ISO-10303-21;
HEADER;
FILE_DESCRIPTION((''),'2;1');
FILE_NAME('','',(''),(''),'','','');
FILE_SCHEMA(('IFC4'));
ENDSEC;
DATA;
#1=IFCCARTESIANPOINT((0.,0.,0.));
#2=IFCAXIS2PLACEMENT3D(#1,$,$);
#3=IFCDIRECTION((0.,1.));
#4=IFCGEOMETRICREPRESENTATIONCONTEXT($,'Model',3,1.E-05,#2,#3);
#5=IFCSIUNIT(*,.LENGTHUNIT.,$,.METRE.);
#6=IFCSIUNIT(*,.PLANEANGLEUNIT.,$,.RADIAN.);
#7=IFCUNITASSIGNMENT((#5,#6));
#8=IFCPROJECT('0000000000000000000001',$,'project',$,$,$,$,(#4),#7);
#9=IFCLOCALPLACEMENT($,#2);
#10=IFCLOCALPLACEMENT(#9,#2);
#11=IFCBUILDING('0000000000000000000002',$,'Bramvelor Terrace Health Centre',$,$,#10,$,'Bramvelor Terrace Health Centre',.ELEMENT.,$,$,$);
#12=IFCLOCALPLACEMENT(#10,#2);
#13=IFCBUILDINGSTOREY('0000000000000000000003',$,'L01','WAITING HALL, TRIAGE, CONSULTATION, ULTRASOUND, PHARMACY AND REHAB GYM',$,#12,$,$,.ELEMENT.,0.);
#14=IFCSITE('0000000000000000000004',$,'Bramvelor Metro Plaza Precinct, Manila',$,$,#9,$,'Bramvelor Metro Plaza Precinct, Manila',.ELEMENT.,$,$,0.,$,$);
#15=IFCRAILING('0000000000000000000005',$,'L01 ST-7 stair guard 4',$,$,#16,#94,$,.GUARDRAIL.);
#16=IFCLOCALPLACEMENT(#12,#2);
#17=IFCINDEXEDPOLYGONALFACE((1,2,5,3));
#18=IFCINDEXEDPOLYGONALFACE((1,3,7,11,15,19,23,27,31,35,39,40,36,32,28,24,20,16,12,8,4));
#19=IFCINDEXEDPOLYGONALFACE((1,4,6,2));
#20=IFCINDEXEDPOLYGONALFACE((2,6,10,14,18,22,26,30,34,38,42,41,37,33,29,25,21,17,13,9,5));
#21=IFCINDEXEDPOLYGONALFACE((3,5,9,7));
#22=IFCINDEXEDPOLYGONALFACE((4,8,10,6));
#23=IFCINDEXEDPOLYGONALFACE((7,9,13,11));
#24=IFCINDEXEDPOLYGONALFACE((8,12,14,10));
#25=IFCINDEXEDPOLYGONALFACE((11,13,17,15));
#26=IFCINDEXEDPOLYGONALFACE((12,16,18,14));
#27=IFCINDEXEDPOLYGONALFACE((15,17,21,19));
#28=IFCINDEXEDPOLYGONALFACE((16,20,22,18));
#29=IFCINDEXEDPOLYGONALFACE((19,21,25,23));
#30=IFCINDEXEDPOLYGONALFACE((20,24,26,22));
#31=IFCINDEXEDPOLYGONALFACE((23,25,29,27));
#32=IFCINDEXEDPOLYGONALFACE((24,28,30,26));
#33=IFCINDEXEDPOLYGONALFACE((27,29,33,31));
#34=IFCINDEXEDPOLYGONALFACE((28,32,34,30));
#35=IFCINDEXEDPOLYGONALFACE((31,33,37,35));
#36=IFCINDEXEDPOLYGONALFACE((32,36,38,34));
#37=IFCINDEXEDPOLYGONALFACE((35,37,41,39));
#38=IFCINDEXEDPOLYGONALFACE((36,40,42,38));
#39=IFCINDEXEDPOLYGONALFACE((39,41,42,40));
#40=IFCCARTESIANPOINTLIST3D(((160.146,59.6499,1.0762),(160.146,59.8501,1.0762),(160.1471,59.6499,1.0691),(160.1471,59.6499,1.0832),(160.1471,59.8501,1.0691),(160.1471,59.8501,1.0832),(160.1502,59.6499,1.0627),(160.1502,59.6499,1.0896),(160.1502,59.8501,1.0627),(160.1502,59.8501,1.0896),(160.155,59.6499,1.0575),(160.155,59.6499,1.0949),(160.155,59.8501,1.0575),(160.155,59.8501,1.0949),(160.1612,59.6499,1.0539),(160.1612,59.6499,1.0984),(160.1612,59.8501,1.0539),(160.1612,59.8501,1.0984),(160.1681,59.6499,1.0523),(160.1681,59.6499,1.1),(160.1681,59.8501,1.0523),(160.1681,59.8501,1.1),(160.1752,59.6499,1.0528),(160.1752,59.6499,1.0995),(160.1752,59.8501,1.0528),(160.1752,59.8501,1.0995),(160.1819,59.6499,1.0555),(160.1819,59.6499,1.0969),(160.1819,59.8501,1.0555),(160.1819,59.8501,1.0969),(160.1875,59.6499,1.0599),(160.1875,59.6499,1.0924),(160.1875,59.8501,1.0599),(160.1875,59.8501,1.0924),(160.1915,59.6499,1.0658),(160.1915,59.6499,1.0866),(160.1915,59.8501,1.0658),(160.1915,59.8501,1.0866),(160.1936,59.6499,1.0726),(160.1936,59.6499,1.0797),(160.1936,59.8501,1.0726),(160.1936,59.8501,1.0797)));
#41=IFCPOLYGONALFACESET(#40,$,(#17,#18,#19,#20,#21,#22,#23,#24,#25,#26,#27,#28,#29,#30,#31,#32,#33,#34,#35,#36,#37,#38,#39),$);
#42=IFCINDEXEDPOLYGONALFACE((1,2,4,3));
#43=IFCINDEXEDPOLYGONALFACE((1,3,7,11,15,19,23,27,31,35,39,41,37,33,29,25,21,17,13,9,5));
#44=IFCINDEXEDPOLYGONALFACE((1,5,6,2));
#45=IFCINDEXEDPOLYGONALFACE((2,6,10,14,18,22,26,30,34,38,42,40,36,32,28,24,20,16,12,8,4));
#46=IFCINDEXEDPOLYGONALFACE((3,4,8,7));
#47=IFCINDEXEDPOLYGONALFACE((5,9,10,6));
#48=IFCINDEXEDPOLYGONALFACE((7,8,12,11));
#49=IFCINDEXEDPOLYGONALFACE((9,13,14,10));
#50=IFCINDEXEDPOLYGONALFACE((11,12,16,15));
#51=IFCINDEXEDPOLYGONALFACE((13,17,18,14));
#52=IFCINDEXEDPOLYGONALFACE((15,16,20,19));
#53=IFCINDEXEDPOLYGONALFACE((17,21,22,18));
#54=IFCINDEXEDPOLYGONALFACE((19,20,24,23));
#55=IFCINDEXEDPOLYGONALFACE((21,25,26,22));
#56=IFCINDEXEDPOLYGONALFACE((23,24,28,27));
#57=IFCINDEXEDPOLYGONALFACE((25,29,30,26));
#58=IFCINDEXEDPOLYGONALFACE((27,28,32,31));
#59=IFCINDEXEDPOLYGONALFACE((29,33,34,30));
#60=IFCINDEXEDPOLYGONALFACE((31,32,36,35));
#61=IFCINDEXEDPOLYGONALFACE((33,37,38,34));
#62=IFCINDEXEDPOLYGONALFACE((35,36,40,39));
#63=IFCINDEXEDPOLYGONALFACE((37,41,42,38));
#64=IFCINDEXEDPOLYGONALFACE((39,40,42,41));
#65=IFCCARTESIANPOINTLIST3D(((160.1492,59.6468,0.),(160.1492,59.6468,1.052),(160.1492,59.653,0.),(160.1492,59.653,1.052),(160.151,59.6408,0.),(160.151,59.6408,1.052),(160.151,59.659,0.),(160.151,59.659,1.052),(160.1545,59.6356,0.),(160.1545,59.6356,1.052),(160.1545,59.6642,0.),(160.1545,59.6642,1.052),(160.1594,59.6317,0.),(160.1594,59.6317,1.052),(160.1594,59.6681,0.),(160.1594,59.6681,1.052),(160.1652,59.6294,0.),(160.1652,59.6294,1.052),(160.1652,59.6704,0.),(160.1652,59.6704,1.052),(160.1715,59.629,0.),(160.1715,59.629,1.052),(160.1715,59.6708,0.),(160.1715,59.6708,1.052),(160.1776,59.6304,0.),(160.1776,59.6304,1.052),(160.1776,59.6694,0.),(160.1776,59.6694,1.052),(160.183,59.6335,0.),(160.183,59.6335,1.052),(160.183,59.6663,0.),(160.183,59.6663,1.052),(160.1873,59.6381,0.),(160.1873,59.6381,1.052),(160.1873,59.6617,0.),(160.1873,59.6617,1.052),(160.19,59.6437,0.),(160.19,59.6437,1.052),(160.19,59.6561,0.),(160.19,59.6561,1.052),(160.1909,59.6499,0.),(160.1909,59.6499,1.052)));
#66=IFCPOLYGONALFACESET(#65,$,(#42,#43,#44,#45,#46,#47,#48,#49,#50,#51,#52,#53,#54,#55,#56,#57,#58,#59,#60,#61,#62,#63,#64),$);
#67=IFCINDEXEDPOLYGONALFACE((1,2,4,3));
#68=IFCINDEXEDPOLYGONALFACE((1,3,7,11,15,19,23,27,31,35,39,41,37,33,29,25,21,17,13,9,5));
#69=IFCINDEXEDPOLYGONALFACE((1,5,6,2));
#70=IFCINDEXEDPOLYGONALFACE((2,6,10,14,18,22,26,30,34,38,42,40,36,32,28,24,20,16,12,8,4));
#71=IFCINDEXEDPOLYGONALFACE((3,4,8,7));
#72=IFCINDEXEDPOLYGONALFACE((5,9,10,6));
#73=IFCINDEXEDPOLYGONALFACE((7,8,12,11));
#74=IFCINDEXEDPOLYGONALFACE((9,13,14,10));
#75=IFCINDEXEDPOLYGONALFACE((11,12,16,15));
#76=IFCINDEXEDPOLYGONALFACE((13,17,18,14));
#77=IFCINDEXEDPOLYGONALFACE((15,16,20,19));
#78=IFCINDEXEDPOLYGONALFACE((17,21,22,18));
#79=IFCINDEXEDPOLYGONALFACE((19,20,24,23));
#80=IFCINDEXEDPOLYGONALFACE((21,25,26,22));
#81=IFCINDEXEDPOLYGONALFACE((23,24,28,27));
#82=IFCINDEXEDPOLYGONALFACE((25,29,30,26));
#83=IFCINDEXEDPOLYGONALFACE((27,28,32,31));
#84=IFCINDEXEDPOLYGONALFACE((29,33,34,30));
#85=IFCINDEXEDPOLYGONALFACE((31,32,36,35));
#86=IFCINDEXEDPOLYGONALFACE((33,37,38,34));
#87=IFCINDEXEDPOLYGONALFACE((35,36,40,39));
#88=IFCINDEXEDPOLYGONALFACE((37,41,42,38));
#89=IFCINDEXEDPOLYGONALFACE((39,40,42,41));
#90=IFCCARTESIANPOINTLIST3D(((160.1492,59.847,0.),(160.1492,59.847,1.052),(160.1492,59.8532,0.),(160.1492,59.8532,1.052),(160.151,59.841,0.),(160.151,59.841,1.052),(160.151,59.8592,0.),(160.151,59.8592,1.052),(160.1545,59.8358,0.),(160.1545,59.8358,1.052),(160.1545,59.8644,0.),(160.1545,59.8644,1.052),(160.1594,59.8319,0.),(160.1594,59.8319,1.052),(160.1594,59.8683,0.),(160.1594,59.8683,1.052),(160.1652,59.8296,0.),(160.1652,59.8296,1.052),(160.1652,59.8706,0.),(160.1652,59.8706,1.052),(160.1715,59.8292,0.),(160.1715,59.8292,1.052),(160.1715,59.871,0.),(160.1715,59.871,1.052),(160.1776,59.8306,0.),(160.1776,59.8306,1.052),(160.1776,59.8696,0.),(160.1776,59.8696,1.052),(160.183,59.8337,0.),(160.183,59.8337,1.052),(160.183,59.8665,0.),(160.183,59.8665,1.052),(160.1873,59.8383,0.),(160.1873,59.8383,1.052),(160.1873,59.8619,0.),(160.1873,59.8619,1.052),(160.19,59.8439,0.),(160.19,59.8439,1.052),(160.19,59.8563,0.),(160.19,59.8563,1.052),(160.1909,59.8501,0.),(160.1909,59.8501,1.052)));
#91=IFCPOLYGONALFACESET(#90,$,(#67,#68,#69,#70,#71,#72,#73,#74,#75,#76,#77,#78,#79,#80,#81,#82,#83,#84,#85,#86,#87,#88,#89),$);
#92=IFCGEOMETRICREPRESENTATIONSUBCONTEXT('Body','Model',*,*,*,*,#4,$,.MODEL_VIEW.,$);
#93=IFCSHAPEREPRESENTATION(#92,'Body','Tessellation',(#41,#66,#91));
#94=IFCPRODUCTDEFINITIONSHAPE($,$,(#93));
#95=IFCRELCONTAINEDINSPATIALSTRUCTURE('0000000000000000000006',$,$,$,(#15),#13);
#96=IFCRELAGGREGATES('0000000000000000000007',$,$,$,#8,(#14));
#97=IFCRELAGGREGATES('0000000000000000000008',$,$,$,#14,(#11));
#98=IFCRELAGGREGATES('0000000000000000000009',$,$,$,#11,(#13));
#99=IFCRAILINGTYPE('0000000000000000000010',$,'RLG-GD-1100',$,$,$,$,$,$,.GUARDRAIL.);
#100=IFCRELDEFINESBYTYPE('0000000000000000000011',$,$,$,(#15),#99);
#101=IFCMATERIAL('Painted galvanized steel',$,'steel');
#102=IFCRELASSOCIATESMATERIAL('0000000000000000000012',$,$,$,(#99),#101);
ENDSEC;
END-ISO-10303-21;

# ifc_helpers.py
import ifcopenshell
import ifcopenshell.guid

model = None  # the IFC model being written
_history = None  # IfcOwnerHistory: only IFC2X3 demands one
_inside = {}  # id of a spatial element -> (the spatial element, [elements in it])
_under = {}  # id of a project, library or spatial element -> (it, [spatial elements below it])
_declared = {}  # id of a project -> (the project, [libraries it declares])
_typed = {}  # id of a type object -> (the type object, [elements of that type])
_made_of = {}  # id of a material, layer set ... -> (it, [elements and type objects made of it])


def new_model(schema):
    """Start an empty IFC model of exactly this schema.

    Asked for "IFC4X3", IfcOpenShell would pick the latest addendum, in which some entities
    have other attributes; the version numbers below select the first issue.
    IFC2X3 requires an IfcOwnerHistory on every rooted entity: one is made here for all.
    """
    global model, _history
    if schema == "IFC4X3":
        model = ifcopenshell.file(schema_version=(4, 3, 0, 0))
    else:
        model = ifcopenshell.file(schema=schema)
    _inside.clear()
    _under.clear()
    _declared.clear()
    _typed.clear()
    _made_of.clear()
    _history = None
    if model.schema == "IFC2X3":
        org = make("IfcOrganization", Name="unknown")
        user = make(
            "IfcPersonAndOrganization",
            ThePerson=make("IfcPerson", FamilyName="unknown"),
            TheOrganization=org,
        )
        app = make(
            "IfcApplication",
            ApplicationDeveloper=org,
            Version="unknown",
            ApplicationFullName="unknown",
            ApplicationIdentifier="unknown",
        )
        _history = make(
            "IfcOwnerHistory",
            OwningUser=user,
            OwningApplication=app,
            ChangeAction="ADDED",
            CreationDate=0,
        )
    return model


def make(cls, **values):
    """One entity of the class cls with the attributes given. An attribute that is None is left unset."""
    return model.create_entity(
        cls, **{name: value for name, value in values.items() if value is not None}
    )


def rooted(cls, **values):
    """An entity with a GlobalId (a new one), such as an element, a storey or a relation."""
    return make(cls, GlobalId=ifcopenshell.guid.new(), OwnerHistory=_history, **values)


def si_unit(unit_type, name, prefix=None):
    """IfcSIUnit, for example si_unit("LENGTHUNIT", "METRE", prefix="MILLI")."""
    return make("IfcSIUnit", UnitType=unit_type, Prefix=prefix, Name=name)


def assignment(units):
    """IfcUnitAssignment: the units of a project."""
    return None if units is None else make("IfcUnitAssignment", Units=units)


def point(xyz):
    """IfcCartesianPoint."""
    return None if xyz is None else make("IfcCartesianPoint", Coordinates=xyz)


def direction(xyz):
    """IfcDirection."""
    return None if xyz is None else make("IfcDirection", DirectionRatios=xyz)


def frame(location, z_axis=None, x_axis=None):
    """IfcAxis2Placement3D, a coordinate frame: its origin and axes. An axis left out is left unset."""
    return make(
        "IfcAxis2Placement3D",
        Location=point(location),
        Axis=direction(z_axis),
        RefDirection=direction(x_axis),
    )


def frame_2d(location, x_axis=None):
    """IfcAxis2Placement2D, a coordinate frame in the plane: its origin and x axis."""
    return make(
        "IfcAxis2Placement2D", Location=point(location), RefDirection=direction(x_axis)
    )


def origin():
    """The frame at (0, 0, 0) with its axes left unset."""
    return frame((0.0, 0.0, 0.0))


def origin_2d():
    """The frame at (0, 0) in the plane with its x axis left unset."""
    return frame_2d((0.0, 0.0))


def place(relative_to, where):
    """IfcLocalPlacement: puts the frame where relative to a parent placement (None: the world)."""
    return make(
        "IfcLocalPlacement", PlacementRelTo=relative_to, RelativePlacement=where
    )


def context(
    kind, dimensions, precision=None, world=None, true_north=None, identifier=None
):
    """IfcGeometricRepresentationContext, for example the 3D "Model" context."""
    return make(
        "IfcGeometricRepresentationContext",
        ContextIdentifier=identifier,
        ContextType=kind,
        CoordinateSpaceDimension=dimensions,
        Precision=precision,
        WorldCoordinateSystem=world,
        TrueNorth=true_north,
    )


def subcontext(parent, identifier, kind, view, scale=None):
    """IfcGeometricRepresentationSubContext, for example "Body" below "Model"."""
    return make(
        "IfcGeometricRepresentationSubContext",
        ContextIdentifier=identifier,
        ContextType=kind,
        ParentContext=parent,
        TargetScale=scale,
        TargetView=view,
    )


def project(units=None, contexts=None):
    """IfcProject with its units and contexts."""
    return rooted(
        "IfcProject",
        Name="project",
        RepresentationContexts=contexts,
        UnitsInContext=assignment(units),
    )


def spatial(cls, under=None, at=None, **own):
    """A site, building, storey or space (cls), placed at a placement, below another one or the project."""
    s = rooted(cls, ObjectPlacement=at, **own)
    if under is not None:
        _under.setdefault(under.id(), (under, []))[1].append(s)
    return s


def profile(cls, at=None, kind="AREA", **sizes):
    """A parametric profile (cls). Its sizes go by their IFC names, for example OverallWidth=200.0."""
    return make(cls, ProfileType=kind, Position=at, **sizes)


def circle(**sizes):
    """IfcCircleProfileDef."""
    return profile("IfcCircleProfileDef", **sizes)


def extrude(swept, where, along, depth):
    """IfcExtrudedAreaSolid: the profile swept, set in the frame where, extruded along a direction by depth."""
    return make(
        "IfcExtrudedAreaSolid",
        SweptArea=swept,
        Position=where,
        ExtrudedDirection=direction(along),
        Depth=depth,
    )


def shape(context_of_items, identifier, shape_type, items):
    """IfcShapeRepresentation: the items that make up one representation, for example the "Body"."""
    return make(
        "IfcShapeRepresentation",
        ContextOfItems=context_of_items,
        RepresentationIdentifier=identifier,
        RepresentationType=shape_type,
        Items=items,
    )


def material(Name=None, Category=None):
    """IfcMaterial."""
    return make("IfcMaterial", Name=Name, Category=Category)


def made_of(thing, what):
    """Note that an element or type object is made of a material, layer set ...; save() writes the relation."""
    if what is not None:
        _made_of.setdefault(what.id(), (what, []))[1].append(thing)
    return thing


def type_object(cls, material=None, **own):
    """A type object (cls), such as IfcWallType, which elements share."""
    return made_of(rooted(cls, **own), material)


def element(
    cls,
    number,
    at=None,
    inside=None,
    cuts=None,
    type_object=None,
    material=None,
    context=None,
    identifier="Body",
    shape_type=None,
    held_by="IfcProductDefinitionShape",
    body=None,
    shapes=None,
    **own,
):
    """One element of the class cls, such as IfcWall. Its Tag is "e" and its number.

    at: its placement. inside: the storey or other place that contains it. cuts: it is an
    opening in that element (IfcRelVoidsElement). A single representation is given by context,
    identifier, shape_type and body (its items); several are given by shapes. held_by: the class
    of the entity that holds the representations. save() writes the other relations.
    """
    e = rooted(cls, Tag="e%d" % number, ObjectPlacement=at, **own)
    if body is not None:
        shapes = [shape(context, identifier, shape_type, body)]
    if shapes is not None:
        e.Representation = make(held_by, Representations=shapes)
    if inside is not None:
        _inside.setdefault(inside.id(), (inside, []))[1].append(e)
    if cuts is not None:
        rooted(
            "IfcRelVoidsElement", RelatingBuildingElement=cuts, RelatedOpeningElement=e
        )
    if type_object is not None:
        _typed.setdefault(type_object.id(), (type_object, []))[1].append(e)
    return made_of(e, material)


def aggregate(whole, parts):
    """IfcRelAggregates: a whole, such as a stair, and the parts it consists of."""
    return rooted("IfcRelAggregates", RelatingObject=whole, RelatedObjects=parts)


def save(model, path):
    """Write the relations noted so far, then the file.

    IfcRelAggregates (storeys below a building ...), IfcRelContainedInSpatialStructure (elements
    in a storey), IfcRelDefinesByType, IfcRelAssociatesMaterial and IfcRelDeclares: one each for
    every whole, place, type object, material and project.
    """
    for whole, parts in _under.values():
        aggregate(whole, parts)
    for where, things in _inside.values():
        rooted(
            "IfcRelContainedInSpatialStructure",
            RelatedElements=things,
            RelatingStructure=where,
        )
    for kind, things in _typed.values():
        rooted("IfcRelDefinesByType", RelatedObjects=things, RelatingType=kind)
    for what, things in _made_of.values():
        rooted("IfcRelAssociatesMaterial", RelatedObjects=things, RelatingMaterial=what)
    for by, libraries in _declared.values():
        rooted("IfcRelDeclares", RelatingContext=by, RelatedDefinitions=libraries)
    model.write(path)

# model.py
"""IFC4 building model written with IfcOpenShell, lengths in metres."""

from ifc_helpers import new_model, si_unit, direction, frame, origin, origin_2d, place, context, subcontext, project, spatial, circle, extrude, material, type_object, element, save


model = new_model("IFC4")

# Units and contexts
model_context = context("Model", 3, precision=1e-05, world=origin(), true_north=direction((0.0, 1.0)))
body_context = subcontext(model_context, "Body", "Model", "MODEL_VIEW")
ifc_project = project(units=[si_unit("LENGTHUNIT", "METRE"), si_unit("PLANEANGLEUNIT", "RADIAN")], contexts=[model_context])

# Site, building, storey
site_placement = place(None, origin())
site = spatial("IfcSite", under=ifc_project, at=site_placement, Name="Bramvelor Metro Plaza Precinct, Manila", LongName="Bramvelor Metro Plaza Precinct, Manila", CompositionType="ELEMENT", RefElevation=0.0)
building_placement = place(site_placement, origin())
building = spatial("IfcBuilding", under=site, at=building_placement, Name="Bramvelor Terrace Health Centre", LongName="Bramvelor Terrace Health Centre", CompositionType="ELEMENT")
storey_placement = place(building_placement, origin())
storey = spatial("IfcBuildingStorey", under=building, at=storey_placement, Name="L01", Description="WAITING HALL, TRIAGE, CONSULTATION, ULTRASOUND, PHARMACY AND REHAB GYM", CompositionType="ELEMENT", Elevation=0.0)

# Railing
ifc_material_1 = material(Name="Painted galvanized steel", Category="steel")
railing_type_1 = type_object("IfcRailingType", Name="RLG-GD-1100", PredefinedType="GUARDRAIL", material=ifc_material_1)
railing_1_placement = place(storey_placement, frame((160.1699, 59.6499, 0.0)))
element("IfcRailing", 1, at=railing_1_placement, inside=storey, type_object=railing_type_1, Name="L01 ST-7 stair guard 4", PredefinedType="GUARDRAIL", context=body_context, shape_type="SweptSolid", body=[
    extrude(circle(Radius=0.0239, at=origin_2d()), frame((0.0, 0.0, 1.0762), z_axis=(0.0, 1.0, 0.0), x_axis=(-1.0, 0.0, 0.0)), (0.0, 0.0, 1.0), 0.2002),
    extrude(circle(Radius=0.021, at=origin_2d()), origin(), (0.0, 0.0, 1.0), 1.052),
    extrude(circle(Radius=0.021, at=origin_2d()), frame((0.0, 0.2002, 0.0)), (0.0, 0.0, 1.0), 1.052),
])

save(model, "model.ifc")
